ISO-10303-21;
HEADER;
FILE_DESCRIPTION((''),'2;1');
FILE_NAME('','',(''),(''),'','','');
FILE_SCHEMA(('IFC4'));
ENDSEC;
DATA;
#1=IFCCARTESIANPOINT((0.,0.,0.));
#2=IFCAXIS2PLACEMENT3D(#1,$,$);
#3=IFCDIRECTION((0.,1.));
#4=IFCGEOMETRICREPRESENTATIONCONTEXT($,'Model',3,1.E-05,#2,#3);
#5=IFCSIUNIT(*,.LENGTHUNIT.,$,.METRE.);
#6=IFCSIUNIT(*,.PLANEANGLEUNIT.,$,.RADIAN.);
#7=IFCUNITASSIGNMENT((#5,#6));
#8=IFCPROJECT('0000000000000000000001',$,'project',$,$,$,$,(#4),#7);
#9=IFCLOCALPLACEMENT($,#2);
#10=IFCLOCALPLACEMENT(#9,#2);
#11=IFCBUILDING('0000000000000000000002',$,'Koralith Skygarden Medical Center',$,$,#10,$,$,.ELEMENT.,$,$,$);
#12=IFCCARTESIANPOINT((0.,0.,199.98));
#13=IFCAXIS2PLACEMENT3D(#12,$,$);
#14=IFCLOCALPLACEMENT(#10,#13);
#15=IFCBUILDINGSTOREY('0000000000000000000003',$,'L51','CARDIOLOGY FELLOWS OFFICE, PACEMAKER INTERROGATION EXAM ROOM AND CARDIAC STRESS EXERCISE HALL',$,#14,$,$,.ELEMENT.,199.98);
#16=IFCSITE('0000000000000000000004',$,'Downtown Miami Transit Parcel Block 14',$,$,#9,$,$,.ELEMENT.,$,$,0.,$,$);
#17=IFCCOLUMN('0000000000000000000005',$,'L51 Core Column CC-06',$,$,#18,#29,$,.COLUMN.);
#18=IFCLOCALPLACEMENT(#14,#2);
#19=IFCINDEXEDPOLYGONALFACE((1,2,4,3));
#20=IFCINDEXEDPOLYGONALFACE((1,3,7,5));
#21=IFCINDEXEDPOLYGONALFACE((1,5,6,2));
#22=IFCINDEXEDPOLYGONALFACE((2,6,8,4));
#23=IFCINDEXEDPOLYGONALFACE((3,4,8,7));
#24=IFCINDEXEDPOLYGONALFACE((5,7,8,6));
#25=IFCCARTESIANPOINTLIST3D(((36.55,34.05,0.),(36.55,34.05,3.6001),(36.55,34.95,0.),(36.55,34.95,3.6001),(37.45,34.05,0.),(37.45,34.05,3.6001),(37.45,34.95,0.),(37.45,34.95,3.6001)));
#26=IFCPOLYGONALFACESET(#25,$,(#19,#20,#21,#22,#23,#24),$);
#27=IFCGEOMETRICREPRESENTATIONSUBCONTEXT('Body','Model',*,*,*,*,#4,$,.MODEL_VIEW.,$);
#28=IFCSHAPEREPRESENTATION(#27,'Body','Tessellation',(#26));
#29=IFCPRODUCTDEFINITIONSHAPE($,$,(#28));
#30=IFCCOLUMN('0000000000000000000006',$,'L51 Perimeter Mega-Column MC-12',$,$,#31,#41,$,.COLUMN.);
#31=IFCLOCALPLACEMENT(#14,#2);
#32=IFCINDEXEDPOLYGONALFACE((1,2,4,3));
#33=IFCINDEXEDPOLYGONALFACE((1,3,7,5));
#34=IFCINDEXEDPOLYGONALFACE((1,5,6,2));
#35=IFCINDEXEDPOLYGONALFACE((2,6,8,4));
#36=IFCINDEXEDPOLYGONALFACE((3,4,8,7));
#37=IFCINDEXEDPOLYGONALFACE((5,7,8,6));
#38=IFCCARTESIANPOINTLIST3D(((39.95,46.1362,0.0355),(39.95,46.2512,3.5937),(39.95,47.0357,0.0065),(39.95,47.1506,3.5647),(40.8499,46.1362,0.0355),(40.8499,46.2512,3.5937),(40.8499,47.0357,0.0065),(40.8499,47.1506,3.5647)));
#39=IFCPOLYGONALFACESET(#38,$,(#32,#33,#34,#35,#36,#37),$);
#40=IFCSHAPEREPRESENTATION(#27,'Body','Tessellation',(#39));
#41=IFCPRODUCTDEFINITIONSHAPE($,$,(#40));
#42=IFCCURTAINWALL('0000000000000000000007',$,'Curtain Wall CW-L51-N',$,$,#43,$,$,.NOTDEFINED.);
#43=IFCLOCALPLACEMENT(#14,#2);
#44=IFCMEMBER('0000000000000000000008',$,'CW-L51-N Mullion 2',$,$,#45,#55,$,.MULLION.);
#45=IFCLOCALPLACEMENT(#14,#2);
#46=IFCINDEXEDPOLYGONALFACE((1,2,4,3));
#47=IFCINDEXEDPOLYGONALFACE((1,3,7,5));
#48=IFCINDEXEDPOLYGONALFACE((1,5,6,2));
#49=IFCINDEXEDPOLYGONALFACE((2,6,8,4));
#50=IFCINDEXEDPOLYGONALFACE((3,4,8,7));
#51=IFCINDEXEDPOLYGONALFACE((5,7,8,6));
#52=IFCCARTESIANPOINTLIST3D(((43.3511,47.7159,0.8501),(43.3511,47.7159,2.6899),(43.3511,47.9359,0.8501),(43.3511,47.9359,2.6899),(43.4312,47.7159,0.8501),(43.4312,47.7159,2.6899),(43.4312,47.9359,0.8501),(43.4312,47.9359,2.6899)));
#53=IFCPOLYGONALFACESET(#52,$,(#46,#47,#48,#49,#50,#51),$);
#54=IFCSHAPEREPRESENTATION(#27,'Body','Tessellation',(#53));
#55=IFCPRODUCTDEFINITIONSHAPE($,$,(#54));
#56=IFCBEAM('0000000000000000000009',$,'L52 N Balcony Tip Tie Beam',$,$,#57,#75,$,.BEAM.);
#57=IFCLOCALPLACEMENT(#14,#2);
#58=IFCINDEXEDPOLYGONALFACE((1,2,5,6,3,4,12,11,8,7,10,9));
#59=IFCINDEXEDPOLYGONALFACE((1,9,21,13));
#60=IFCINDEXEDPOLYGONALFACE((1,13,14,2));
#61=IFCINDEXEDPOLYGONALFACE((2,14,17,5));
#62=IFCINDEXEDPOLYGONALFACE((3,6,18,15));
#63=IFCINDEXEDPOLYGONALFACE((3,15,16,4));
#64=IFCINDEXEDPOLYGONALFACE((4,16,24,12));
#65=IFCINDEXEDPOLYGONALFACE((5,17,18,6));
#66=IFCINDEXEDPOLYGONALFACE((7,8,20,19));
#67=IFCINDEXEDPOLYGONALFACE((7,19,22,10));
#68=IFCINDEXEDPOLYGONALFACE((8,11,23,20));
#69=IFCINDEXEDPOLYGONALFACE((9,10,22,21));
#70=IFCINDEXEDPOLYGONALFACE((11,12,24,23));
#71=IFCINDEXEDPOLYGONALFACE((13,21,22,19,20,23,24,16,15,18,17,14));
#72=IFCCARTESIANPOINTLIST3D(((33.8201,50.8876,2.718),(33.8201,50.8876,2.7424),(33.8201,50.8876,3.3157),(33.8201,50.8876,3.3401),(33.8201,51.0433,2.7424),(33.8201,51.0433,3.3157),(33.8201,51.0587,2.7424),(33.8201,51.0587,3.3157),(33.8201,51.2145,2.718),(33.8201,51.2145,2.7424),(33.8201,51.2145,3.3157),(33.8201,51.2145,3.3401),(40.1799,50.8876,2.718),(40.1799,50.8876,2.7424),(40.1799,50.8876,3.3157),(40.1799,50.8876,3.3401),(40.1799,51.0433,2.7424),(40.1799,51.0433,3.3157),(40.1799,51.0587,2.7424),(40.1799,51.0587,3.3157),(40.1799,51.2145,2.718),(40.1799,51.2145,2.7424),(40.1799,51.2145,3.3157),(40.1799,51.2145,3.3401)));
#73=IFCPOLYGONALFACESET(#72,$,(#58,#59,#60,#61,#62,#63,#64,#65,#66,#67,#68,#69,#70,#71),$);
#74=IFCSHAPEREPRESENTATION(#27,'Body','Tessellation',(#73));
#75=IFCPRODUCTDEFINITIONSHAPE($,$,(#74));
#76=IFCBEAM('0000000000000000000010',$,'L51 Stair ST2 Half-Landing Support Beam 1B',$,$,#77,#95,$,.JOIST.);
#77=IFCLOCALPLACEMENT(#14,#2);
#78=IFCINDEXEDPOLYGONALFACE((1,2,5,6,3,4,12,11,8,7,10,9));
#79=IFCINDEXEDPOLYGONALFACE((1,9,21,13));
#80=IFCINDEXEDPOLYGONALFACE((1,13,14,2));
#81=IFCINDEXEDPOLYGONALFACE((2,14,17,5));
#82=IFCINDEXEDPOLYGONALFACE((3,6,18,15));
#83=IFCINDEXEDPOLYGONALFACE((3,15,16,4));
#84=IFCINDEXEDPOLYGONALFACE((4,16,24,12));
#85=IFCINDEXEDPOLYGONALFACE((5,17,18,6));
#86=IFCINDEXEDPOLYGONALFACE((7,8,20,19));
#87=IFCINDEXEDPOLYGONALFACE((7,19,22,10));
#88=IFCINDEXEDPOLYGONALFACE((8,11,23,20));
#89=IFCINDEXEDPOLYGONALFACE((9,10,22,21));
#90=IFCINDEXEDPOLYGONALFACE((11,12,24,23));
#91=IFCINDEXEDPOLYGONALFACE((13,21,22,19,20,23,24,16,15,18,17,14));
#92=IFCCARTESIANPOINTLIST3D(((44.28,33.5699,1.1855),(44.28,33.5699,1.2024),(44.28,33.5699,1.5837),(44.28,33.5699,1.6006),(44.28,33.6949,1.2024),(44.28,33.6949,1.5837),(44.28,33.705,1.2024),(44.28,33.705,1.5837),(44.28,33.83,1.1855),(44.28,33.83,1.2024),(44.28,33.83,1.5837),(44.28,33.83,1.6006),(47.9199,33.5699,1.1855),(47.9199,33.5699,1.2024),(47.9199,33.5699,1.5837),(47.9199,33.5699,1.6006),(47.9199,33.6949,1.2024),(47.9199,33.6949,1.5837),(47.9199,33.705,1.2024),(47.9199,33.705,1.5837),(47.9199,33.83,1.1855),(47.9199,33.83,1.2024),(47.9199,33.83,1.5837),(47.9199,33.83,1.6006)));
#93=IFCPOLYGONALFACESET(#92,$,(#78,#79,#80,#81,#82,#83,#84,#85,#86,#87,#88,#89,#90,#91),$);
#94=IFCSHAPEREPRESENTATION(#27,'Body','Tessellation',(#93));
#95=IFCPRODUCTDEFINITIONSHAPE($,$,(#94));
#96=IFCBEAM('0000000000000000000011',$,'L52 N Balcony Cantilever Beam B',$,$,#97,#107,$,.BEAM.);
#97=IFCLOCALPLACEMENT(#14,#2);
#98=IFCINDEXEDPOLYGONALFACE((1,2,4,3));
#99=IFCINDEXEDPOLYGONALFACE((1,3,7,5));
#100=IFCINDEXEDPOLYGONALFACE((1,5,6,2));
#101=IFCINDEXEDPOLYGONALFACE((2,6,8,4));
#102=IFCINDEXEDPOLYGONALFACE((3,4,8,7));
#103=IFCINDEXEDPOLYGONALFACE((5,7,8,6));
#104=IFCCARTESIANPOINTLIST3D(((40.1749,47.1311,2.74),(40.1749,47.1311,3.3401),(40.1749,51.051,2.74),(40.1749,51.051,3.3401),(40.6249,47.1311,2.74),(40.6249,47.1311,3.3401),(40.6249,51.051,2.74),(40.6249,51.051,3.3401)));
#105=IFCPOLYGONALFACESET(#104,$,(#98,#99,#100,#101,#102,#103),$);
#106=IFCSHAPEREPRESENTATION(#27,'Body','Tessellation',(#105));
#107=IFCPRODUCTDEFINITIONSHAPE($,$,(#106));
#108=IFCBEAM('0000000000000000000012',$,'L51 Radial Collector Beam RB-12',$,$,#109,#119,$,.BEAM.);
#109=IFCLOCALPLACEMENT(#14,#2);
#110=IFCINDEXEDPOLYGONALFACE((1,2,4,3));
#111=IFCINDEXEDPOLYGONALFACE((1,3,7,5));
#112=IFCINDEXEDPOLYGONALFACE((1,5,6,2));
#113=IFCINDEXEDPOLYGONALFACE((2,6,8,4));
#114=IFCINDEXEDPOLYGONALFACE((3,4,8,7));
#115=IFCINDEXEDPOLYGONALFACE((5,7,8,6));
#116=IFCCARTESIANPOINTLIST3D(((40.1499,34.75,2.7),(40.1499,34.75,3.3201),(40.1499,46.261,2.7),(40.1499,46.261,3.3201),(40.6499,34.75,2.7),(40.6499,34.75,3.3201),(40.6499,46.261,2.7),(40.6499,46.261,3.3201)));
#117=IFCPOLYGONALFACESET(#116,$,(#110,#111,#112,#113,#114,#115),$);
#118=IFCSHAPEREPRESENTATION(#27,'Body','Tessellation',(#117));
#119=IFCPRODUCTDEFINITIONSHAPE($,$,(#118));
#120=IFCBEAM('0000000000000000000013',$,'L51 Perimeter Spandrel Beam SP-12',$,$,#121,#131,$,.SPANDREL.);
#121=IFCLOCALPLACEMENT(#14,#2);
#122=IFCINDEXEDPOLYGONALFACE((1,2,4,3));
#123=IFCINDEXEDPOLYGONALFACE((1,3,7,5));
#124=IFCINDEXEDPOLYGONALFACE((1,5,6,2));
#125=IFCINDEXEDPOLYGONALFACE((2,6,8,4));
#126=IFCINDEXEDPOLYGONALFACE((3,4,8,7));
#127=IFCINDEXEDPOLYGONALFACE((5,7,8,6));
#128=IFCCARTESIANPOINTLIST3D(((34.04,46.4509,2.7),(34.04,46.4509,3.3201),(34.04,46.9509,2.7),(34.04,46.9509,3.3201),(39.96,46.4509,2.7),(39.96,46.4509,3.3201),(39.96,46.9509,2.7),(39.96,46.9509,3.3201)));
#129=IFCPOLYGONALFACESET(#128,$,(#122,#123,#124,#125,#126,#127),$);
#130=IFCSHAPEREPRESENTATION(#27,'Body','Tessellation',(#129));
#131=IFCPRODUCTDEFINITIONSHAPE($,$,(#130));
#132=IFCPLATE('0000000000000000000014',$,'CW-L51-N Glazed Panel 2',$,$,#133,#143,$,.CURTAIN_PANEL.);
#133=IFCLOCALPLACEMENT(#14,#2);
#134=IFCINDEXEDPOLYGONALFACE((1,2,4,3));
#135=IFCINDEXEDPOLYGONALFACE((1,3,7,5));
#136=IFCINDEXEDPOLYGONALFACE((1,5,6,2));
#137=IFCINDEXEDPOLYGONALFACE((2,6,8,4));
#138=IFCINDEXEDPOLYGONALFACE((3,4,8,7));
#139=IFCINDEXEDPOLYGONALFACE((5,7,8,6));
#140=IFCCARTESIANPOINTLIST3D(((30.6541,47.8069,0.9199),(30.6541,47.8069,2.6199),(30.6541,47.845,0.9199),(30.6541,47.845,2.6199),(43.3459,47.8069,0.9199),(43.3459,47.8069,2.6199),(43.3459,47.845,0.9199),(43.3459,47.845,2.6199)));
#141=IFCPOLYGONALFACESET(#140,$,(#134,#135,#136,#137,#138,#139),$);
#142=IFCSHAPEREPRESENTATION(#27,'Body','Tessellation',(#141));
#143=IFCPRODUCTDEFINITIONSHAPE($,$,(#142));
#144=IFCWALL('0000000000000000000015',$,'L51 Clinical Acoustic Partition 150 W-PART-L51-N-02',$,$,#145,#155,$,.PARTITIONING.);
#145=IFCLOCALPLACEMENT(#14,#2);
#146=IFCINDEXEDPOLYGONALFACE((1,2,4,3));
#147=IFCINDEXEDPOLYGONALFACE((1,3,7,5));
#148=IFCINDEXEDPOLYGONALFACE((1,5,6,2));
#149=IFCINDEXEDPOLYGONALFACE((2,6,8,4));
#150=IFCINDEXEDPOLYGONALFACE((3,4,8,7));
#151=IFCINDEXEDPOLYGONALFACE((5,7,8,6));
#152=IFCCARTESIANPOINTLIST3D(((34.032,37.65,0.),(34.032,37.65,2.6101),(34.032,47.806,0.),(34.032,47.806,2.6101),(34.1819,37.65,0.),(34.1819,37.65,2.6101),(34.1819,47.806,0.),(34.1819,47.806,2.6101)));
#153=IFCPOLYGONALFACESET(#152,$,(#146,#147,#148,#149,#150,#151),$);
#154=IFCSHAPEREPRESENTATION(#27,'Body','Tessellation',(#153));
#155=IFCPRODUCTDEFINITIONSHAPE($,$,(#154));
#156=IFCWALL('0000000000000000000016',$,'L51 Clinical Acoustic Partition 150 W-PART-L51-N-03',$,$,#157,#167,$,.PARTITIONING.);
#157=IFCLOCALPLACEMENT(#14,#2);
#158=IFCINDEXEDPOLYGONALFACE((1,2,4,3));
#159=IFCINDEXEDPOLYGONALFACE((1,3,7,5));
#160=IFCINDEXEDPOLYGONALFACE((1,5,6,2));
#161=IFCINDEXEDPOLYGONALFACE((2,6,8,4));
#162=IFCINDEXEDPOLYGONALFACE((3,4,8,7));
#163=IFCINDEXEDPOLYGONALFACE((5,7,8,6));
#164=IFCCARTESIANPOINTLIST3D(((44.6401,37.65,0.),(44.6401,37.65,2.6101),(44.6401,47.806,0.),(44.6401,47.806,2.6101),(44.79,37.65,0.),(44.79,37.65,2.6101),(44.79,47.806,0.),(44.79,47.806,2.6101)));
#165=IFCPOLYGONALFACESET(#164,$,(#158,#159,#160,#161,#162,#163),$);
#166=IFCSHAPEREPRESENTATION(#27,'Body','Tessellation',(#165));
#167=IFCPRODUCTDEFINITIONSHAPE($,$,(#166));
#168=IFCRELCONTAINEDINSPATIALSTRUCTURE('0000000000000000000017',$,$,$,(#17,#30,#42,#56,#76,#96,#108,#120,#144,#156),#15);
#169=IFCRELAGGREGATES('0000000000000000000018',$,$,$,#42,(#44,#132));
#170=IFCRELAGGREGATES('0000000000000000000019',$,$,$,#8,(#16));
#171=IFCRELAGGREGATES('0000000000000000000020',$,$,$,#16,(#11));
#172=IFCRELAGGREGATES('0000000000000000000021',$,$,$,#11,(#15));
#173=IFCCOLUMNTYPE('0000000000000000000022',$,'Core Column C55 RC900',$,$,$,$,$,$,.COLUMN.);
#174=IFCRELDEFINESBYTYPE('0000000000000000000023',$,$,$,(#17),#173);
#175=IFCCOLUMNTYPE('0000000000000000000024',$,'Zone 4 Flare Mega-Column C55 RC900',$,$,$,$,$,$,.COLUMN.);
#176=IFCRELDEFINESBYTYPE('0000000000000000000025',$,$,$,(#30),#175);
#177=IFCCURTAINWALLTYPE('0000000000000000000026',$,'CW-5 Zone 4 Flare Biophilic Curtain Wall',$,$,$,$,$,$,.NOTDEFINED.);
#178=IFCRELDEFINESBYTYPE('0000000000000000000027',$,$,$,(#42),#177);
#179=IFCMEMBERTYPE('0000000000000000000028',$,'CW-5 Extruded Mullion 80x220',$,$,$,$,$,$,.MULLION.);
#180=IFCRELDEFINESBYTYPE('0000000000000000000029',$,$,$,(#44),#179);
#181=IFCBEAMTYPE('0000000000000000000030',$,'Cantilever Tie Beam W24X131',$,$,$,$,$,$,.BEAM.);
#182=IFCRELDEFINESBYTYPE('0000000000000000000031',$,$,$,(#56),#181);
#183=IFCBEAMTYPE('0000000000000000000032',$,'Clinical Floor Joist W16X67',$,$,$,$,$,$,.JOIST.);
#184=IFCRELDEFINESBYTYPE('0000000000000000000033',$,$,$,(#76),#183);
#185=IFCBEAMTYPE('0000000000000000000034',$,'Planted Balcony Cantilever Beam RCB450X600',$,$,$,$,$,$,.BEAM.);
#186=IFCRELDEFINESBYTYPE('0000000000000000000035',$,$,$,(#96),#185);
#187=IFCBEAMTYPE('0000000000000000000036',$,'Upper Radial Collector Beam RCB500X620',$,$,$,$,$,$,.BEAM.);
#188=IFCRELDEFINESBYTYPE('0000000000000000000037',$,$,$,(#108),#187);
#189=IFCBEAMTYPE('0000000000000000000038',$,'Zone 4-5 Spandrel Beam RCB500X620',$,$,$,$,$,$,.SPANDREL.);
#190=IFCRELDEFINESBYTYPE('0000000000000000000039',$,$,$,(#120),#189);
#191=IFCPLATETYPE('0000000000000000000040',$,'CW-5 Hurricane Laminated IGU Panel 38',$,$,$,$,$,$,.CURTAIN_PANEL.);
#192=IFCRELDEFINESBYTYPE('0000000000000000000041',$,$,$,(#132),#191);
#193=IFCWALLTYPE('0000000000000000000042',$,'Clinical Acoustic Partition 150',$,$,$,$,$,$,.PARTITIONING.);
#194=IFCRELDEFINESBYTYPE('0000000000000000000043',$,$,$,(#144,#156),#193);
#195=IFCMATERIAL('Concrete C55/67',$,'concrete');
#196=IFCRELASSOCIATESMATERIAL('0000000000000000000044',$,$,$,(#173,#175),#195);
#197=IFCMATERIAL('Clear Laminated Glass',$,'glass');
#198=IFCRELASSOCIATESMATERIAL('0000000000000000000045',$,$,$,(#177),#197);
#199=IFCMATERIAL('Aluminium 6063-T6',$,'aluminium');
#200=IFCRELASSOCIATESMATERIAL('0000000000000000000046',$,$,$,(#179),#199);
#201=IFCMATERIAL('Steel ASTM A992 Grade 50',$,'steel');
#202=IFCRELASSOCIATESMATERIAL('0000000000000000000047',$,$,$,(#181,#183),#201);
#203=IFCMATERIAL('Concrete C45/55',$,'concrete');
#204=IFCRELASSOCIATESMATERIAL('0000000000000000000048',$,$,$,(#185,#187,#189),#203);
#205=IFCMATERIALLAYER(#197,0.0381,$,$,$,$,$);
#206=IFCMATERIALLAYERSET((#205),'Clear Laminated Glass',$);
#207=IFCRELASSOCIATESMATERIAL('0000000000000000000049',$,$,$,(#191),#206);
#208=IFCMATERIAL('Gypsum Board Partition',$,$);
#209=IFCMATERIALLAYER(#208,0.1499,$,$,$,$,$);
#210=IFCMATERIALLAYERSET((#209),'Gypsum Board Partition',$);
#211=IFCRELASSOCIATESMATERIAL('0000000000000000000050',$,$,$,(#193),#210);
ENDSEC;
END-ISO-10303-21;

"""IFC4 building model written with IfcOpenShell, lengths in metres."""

from ifc_helpers import new_model, si_unit, direction, frame, frame_2d, origin, origin_2d, place, context, subcontext, project, spatial, rectangle, i_section, extrude, material, layer, layer_set, material_profile, profile_set, type_object, element, aggregate, save


model = new_model("IFC4")

# Units and contexts
model_context = context("Model", 3, precision=1e-05, world=origin(), true_north=direction((0.0, 1.0)))
body_context = subcontext(model_context, "Body", "Model", "MODEL_VIEW")
ifc_project = project(units=[si_unit("LENGTHUNIT", "METRE"), si_unit("PLANEANGLEUNIT", "RADIAN")], contexts=[model_context])

# Site, building, storey
site_placement = place(None, origin())
site = spatial("IfcSite", under=ifc_project, at=site_placement, Name="Downtown Miami Transit Parcel Block 14", CompositionType="ELEMENT", RefElevation=0.0)
building_placement = place(site_placement, origin())
building = spatial("IfcBuilding", under=site, at=building_placement, Name="Koralith Skygarden Medical Center", CompositionType="ELEMENT")
storey_placement = place(building_placement, frame((0.0, 0.0, 199.98)))
storey = spatial("IfcBuildingStorey", under=building, at=storey_placement, Name="L51", Description="CARDIOLOGY FELLOWS OFFICE, PACEMAKER INTERROGATION EXAM ROOM AND CARDIAC STRESS EXERCISE HALL", CompositionType="ELEMENT", Elevation=199.98)

# Columns
ifc_material_1 = material(Name="Concrete C55/67", Category="concrete")
ifc_material_profile_1 = material_profile(ifc_material_1, rectangle(XDim=0.8999, YDim=0.8999, at=origin_2d()), Name="RC900X900")
ifc_profile_set_1 = profile_set([ifc_material_profile_1], Name="Concrete C55/67")
column_type_1 = type_object("IfcColumnType", Name="Core Column C55 RC900", PredefinedType="COLUMN", material=ifc_profile_set_1)
column_1_placement = place(storey_placement, frame((37.0, 34.5, 0.0), z_axis=(0.0, 0.0, 1.0), x_axis=(1.0, 0.0, 0.0)))
element("IfcColumn", 1, at=column_1_placement, inside=storey, type_object=column_type_1, Name="L51 Core Column CC-06", PredefinedType="COLUMN", context=body_context, shape_type="SweptSolid", body=[
    extrude(rectangle(XDim=0.8999, YDim=0.8999, at=origin_2d()), origin(), (0.0, 0.0, 1.0), 3.6001),
])
ifc_material_profile_2 = material_profile(ifc_material_1, rectangle(XDim=0.8999, YDim=0.8999, at=origin_2d()), Name="RC900X900")
ifc_profile_set_2 = profile_set([ifc_material_profile_2], Name="Concrete C55/67")
column_type_2 = type_object("IfcColumnType", Name="Zone 4 Flare Mega-Column C55 RC900", PredefinedType="COLUMN", material=ifc_profile_set_2)
column_2_placement = place(storey_placement, frame((40.3999, 46.5859, 0.021), z_axis=(0.0, 0.032301, 0.999478), x_axis=(-1.0, 0.0, 0.0)))
element("IfcColumn", 2, at=column_2_placement, inside=storey, type_object=column_type_2, Name="L51 Perimeter Mega-Column MC-12", PredefinedType="COLUMN", context=body_context, shape_type="SweptSolid", body=[
    extrude(rectangle(XDim=0.8999, YDim=0.8999, at=origin_2d()), origin(), (0.0, 0.0, 1.0), 3.5601),
])

# Curtain wall, member
ifc_material_2 = material(Name="Clear Laminated Glass", Category="glass")
curtain_wall_type = type_object("IfcCurtainWallType", Name="CW-5 Zone 4 Flare Biophilic Curtain Wall", PredefinedType="NOTDEFINED", material=ifc_material_2)
curtain_wall_placement = place(storey_placement, origin())
curtain_wall = element("IfcCurtainWall", 3, at=curtain_wall_placement, inside=storey, type_object=curtain_wall_type, Name="Curtain Wall CW-L51-N", PredefinedType="NOTDEFINED")
ifc_material_3 = material(Name="Aluminium 6063-T6", Category="aluminium")
ifc_material_profile_3 = material_profile(ifc_material_3, rectangle(XDim=0.0801, YDim=0.22, at=origin_2d()), Name="MUL80X220")
ifc_profile_set_3 = profile_set([ifc_material_profile_3], Name="Aluminium 6063-T6")
member_type = type_object("IfcMemberType", Name="CW-5 Extruded Mullion 80x220", PredefinedType="MULLION", material=ifc_profile_set_3)
member_placement = place(storey_placement, frame((43.3911, 47.8259, 0.8501), z_axis=(0.0, 0.0, 1.0), x_axis=(1.0, 0.0, 0.0)))
member = element("IfcMember", 4, at=member_placement, type_object=member_type, Name="CW-L51-N Mullion 2", PredefinedType="MULLION", context=body_context, shape_type="SweptSolid", body=[
    extrude(rectangle(XDim=0.0801, YDim=0.22, at=origin_2d()), origin(), (0.0, 0.0, 1.0), 1.8398),
])

# Beams
ifc_material_4 = material(Name="Steel ASTM A992 Grade 50", Category="steel")
ifc_material_profile_4 = material_profile(ifc_material_4, i_section(OverallWidth=0.3269, OverallDepth=0.6221, WebThickness=0.0154, FlangeThickness=0.0244, at=origin_2d()), Name="W24X131")
ifc_profile_set_4 = profile_set([ifc_material_profile_4], Name="Steel ASTM A992 Grade 50")
beam_type_1 = type_object("IfcBeamType", Name="Cantilever Tie Beam W24X131", PredefinedType="BEAM", material=ifc_profile_set_4)
beam_1_placement = place(storey_placement, frame((33.8201, 51.051, 3.0291), z_axis=(1.0, 0.0, 0.0), x_axis=(0.0, 1.0, 0.0)))
element("IfcBeam", 5, at=beam_1_placement, inside=storey, type_object=beam_type_1, Name="L52 N Balcony Tip Tie Beam", PredefinedType="BEAM", context=body_context, shape_type="SweptSolid", body=[
    extrude(i_section(OverallWidth=0.3269, OverallDepth=0.6221, WebThickness=0.0154, FlangeThickness=0.0244, at=origin_2d()), origin(), (0.0, 0.0, 1.0), 6.3599),
])
ifc_material_profile_5 = material_profile(ifc_material_4, i_section(OverallWidth=0.26, OverallDepth=0.415, WebThickness=0.01, FlangeThickness=0.0168, at=origin_2d()), Name="W16X67")
ifc_profile_set_5 = profile_set([ifc_material_profile_5], Name="Steel ASTM A992 Grade 50")
beam_type_2 = type_object("IfcBeamType", Name="Clinical Floor Joist W16X67", PredefinedType="JOIST", material=ifc_profile_set_5)
beam_2_placement = place(storey_placement, frame((44.28, 33.7, 1.3931), z_axis=(1.0, 0.0, 0.0), x_axis=(0.0, 1.0, 0.0)))
element("IfcBeam", 6, at=beam_2_placement, inside=storey, type_object=beam_type_2, Name="L51 Stair ST2 Half-Landing Support Beam 1B", PredefinedType="JOIST", context=body_context, shape_type="SweptSolid", body=[
    extrude(i_section(OverallWidth=0.26, OverallDepth=0.415, WebThickness=0.01, FlangeThickness=0.0168, at=origin_2d()), origin(), (0.0, 0.0, 1.0), 3.6399),
])
ifc_material_5 = material(Name="Concrete C45/55", Category="concrete")
ifc_material_profile_6 = material_profile(ifc_material_5, rectangle(XDim=0.45, YDim=0.6001, at=origin_2d()), Name="RCB450X600")
ifc_profile_set_6 = profile_set([ifc_material_profile_6], Name="Concrete C45/55")
beam_type_3 = type_object("IfcBeamType", Name="Planted Balcony Cantilever Beam RCB450X600", PredefinedType="BEAM", material=ifc_profile_set_6)
beam_3_placement = place(storey_placement, frame((40.3999, 47.1311, 3.04), z_axis=(0.0, 1.0, 0.0), x_axis=(-1.0, 0.0, 0.0)))
element("IfcBeam", 7, at=beam_3_placement, inside=storey, type_object=beam_type_3, Name="L52 N Balcony Cantilever Beam B", PredefinedType="BEAM", context=body_context, shape_type="SweptSolid", body=[
    extrude(rectangle(XDim=0.45, YDim=0.6001, at=origin_2d()), origin(), (0.0, 0.0, 1.0), 3.9199),
])
ifc_material_profile_7 = material_profile(ifc_material_5, rectangle(XDim=0.5, YDim=0.6201, at=origin_2d()), Name="RCB500X620")
ifc_profile_set_7 = profile_set([ifc_material_profile_7], Name="Concrete C45/55")
beam_type_4 = type_object("IfcBeamType", Name="Upper Radial Collector Beam RCB500X620", PredefinedType="BEAM", material=ifc_profile_set_7)
beam_4_placement = place(storey_placement, frame((40.3999, 34.75, 3.01), z_axis=(0.0, 1.0, 0.0), x_axis=(-1.0, 0.0, 0.0)))
element("IfcBeam", 8, at=beam_4_placement, inside=storey, type_object=beam_type_4, Name="L51 Radial Collector Beam RB-12", PredefinedType="BEAM", context=body_context, shape_type="SweptSolid", body=[
    extrude(rectangle(XDim=0.5, YDim=0.6201, at=origin_2d()), origin(), (0.0, 0.0, 1.0), 11.511),
])
ifc_material_profile_8 = material_profile(ifc_material_5, rectangle(XDim=0.5, YDim=0.6201, at=origin_2d()), Name="RCB500X620")
ifc_profile_set_8 = profile_set([ifc_material_profile_8], Name="Concrete C45/55")
beam_type_5 = type_object("IfcBeamType", Name="Zone 4-5 Spandrel Beam RCB500X620", PredefinedType="SPANDREL", material=ifc_profile_set_8)
beam_5_placement = place(storey_placement, frame((39.96, 46.7009, 3.01), z_axis=(-1.0, 0.0, 0.0), x_axis=(0.0, -1.0, 0.0)))
element("IfcBeam", 9, at=beam_5_placement, inside=storey, type_object=beam_type_5, Name="L51 Perimeter Spandrel Beam SP-12", PredefinedType="SPANDREL", context=body_context, shape_type="SweptSolid", body=[
    extrude(rectangle(XDim=0.5, YDim=0.6201, at=origin_2d()), origin(), (0.0, 0.0, 1.0), 5.9199),
])

# Plate
ifc_layer_1 = layer(ifc_material_2, 0.0381)
ifc_layer_set_1 = layer_set([ifc_layer_1], Name="Clear Laminated Glass")
plate_type = type_object("IfcPlateType", Name="CW-5 Hurricane Laminated IGU Panel 38", PredefinedType="CURTAIN_PANEL", material=ifc_layer_set_1)
plate_placement = place(storey_placement, frame((37.0, 47.8259, 0.9199), z_axis=(0.0, 0.0, 1.0), x_axis=(-1.0, 0.0, 0.0)))
plate = element("IfcPlate", 10, at=plate_placement, type_object=plate_type, Name="CW-L51-N Glazed Panel 2", PredefinedType="CURTAIN_PANEL", context=body_context, shape_type="SweptSolid", body=[
    extrude(rectangle(XDim=12.6919, YDim=0.0381, at=origin_2d()), origin(), (0.0, 0.0, 1.0), 1.7),
])
aggregate(curtain_wall, [member, plate])

# Walls
ifc_material_6 = material(Name="Gypsum Board Partition")
ifc_layer_2 = layer(ifc_material_6, 0.1499)
ifc_layer_set_2 = layer_set([ifc_layer_2], Name="Gypsum Board Partition")
wall_type_1 = type_object("IfcWallType", Name="Clinical Acoustic Partition 150", PredefinedType="PARTITIONING", material=ifc_layer_set_2)
for number, where, z_axis, x_axis, name in (
    (11, (34.1069, 37.6499, 0.0), (0.0, 0.0, 1.0), (0.0, 1.0, 0.0), "L51 Clinical Acoustic Partition 150 W-PART-L51-N-02"),
    (12, (44.7151, 37.6499, 0.0), (0.0, 0.0, 1.0), (0.0, 1.0, 0.0), "L51 Clinical Acoustic Partition 150 W-PART-L51-N-03"),
):
    element("IfcWall", number, at=place(storey_placement, frame(where, z_axis=z_axis, x_axis=x_axis)), inside=storey, type_object=wall_type_1, Name=name, PredefinedType="PARTITIONING", context=body_context, shape_type="SweptSolid", body=[
        extrude(rectangle(XDim=10.156, YDim=0.1499, at=frame_2d((5.0781, 0.0))), origin(), (0.0, 0.0, 1.0), 2.6101),
    ])

save(model, "model.ifc")
